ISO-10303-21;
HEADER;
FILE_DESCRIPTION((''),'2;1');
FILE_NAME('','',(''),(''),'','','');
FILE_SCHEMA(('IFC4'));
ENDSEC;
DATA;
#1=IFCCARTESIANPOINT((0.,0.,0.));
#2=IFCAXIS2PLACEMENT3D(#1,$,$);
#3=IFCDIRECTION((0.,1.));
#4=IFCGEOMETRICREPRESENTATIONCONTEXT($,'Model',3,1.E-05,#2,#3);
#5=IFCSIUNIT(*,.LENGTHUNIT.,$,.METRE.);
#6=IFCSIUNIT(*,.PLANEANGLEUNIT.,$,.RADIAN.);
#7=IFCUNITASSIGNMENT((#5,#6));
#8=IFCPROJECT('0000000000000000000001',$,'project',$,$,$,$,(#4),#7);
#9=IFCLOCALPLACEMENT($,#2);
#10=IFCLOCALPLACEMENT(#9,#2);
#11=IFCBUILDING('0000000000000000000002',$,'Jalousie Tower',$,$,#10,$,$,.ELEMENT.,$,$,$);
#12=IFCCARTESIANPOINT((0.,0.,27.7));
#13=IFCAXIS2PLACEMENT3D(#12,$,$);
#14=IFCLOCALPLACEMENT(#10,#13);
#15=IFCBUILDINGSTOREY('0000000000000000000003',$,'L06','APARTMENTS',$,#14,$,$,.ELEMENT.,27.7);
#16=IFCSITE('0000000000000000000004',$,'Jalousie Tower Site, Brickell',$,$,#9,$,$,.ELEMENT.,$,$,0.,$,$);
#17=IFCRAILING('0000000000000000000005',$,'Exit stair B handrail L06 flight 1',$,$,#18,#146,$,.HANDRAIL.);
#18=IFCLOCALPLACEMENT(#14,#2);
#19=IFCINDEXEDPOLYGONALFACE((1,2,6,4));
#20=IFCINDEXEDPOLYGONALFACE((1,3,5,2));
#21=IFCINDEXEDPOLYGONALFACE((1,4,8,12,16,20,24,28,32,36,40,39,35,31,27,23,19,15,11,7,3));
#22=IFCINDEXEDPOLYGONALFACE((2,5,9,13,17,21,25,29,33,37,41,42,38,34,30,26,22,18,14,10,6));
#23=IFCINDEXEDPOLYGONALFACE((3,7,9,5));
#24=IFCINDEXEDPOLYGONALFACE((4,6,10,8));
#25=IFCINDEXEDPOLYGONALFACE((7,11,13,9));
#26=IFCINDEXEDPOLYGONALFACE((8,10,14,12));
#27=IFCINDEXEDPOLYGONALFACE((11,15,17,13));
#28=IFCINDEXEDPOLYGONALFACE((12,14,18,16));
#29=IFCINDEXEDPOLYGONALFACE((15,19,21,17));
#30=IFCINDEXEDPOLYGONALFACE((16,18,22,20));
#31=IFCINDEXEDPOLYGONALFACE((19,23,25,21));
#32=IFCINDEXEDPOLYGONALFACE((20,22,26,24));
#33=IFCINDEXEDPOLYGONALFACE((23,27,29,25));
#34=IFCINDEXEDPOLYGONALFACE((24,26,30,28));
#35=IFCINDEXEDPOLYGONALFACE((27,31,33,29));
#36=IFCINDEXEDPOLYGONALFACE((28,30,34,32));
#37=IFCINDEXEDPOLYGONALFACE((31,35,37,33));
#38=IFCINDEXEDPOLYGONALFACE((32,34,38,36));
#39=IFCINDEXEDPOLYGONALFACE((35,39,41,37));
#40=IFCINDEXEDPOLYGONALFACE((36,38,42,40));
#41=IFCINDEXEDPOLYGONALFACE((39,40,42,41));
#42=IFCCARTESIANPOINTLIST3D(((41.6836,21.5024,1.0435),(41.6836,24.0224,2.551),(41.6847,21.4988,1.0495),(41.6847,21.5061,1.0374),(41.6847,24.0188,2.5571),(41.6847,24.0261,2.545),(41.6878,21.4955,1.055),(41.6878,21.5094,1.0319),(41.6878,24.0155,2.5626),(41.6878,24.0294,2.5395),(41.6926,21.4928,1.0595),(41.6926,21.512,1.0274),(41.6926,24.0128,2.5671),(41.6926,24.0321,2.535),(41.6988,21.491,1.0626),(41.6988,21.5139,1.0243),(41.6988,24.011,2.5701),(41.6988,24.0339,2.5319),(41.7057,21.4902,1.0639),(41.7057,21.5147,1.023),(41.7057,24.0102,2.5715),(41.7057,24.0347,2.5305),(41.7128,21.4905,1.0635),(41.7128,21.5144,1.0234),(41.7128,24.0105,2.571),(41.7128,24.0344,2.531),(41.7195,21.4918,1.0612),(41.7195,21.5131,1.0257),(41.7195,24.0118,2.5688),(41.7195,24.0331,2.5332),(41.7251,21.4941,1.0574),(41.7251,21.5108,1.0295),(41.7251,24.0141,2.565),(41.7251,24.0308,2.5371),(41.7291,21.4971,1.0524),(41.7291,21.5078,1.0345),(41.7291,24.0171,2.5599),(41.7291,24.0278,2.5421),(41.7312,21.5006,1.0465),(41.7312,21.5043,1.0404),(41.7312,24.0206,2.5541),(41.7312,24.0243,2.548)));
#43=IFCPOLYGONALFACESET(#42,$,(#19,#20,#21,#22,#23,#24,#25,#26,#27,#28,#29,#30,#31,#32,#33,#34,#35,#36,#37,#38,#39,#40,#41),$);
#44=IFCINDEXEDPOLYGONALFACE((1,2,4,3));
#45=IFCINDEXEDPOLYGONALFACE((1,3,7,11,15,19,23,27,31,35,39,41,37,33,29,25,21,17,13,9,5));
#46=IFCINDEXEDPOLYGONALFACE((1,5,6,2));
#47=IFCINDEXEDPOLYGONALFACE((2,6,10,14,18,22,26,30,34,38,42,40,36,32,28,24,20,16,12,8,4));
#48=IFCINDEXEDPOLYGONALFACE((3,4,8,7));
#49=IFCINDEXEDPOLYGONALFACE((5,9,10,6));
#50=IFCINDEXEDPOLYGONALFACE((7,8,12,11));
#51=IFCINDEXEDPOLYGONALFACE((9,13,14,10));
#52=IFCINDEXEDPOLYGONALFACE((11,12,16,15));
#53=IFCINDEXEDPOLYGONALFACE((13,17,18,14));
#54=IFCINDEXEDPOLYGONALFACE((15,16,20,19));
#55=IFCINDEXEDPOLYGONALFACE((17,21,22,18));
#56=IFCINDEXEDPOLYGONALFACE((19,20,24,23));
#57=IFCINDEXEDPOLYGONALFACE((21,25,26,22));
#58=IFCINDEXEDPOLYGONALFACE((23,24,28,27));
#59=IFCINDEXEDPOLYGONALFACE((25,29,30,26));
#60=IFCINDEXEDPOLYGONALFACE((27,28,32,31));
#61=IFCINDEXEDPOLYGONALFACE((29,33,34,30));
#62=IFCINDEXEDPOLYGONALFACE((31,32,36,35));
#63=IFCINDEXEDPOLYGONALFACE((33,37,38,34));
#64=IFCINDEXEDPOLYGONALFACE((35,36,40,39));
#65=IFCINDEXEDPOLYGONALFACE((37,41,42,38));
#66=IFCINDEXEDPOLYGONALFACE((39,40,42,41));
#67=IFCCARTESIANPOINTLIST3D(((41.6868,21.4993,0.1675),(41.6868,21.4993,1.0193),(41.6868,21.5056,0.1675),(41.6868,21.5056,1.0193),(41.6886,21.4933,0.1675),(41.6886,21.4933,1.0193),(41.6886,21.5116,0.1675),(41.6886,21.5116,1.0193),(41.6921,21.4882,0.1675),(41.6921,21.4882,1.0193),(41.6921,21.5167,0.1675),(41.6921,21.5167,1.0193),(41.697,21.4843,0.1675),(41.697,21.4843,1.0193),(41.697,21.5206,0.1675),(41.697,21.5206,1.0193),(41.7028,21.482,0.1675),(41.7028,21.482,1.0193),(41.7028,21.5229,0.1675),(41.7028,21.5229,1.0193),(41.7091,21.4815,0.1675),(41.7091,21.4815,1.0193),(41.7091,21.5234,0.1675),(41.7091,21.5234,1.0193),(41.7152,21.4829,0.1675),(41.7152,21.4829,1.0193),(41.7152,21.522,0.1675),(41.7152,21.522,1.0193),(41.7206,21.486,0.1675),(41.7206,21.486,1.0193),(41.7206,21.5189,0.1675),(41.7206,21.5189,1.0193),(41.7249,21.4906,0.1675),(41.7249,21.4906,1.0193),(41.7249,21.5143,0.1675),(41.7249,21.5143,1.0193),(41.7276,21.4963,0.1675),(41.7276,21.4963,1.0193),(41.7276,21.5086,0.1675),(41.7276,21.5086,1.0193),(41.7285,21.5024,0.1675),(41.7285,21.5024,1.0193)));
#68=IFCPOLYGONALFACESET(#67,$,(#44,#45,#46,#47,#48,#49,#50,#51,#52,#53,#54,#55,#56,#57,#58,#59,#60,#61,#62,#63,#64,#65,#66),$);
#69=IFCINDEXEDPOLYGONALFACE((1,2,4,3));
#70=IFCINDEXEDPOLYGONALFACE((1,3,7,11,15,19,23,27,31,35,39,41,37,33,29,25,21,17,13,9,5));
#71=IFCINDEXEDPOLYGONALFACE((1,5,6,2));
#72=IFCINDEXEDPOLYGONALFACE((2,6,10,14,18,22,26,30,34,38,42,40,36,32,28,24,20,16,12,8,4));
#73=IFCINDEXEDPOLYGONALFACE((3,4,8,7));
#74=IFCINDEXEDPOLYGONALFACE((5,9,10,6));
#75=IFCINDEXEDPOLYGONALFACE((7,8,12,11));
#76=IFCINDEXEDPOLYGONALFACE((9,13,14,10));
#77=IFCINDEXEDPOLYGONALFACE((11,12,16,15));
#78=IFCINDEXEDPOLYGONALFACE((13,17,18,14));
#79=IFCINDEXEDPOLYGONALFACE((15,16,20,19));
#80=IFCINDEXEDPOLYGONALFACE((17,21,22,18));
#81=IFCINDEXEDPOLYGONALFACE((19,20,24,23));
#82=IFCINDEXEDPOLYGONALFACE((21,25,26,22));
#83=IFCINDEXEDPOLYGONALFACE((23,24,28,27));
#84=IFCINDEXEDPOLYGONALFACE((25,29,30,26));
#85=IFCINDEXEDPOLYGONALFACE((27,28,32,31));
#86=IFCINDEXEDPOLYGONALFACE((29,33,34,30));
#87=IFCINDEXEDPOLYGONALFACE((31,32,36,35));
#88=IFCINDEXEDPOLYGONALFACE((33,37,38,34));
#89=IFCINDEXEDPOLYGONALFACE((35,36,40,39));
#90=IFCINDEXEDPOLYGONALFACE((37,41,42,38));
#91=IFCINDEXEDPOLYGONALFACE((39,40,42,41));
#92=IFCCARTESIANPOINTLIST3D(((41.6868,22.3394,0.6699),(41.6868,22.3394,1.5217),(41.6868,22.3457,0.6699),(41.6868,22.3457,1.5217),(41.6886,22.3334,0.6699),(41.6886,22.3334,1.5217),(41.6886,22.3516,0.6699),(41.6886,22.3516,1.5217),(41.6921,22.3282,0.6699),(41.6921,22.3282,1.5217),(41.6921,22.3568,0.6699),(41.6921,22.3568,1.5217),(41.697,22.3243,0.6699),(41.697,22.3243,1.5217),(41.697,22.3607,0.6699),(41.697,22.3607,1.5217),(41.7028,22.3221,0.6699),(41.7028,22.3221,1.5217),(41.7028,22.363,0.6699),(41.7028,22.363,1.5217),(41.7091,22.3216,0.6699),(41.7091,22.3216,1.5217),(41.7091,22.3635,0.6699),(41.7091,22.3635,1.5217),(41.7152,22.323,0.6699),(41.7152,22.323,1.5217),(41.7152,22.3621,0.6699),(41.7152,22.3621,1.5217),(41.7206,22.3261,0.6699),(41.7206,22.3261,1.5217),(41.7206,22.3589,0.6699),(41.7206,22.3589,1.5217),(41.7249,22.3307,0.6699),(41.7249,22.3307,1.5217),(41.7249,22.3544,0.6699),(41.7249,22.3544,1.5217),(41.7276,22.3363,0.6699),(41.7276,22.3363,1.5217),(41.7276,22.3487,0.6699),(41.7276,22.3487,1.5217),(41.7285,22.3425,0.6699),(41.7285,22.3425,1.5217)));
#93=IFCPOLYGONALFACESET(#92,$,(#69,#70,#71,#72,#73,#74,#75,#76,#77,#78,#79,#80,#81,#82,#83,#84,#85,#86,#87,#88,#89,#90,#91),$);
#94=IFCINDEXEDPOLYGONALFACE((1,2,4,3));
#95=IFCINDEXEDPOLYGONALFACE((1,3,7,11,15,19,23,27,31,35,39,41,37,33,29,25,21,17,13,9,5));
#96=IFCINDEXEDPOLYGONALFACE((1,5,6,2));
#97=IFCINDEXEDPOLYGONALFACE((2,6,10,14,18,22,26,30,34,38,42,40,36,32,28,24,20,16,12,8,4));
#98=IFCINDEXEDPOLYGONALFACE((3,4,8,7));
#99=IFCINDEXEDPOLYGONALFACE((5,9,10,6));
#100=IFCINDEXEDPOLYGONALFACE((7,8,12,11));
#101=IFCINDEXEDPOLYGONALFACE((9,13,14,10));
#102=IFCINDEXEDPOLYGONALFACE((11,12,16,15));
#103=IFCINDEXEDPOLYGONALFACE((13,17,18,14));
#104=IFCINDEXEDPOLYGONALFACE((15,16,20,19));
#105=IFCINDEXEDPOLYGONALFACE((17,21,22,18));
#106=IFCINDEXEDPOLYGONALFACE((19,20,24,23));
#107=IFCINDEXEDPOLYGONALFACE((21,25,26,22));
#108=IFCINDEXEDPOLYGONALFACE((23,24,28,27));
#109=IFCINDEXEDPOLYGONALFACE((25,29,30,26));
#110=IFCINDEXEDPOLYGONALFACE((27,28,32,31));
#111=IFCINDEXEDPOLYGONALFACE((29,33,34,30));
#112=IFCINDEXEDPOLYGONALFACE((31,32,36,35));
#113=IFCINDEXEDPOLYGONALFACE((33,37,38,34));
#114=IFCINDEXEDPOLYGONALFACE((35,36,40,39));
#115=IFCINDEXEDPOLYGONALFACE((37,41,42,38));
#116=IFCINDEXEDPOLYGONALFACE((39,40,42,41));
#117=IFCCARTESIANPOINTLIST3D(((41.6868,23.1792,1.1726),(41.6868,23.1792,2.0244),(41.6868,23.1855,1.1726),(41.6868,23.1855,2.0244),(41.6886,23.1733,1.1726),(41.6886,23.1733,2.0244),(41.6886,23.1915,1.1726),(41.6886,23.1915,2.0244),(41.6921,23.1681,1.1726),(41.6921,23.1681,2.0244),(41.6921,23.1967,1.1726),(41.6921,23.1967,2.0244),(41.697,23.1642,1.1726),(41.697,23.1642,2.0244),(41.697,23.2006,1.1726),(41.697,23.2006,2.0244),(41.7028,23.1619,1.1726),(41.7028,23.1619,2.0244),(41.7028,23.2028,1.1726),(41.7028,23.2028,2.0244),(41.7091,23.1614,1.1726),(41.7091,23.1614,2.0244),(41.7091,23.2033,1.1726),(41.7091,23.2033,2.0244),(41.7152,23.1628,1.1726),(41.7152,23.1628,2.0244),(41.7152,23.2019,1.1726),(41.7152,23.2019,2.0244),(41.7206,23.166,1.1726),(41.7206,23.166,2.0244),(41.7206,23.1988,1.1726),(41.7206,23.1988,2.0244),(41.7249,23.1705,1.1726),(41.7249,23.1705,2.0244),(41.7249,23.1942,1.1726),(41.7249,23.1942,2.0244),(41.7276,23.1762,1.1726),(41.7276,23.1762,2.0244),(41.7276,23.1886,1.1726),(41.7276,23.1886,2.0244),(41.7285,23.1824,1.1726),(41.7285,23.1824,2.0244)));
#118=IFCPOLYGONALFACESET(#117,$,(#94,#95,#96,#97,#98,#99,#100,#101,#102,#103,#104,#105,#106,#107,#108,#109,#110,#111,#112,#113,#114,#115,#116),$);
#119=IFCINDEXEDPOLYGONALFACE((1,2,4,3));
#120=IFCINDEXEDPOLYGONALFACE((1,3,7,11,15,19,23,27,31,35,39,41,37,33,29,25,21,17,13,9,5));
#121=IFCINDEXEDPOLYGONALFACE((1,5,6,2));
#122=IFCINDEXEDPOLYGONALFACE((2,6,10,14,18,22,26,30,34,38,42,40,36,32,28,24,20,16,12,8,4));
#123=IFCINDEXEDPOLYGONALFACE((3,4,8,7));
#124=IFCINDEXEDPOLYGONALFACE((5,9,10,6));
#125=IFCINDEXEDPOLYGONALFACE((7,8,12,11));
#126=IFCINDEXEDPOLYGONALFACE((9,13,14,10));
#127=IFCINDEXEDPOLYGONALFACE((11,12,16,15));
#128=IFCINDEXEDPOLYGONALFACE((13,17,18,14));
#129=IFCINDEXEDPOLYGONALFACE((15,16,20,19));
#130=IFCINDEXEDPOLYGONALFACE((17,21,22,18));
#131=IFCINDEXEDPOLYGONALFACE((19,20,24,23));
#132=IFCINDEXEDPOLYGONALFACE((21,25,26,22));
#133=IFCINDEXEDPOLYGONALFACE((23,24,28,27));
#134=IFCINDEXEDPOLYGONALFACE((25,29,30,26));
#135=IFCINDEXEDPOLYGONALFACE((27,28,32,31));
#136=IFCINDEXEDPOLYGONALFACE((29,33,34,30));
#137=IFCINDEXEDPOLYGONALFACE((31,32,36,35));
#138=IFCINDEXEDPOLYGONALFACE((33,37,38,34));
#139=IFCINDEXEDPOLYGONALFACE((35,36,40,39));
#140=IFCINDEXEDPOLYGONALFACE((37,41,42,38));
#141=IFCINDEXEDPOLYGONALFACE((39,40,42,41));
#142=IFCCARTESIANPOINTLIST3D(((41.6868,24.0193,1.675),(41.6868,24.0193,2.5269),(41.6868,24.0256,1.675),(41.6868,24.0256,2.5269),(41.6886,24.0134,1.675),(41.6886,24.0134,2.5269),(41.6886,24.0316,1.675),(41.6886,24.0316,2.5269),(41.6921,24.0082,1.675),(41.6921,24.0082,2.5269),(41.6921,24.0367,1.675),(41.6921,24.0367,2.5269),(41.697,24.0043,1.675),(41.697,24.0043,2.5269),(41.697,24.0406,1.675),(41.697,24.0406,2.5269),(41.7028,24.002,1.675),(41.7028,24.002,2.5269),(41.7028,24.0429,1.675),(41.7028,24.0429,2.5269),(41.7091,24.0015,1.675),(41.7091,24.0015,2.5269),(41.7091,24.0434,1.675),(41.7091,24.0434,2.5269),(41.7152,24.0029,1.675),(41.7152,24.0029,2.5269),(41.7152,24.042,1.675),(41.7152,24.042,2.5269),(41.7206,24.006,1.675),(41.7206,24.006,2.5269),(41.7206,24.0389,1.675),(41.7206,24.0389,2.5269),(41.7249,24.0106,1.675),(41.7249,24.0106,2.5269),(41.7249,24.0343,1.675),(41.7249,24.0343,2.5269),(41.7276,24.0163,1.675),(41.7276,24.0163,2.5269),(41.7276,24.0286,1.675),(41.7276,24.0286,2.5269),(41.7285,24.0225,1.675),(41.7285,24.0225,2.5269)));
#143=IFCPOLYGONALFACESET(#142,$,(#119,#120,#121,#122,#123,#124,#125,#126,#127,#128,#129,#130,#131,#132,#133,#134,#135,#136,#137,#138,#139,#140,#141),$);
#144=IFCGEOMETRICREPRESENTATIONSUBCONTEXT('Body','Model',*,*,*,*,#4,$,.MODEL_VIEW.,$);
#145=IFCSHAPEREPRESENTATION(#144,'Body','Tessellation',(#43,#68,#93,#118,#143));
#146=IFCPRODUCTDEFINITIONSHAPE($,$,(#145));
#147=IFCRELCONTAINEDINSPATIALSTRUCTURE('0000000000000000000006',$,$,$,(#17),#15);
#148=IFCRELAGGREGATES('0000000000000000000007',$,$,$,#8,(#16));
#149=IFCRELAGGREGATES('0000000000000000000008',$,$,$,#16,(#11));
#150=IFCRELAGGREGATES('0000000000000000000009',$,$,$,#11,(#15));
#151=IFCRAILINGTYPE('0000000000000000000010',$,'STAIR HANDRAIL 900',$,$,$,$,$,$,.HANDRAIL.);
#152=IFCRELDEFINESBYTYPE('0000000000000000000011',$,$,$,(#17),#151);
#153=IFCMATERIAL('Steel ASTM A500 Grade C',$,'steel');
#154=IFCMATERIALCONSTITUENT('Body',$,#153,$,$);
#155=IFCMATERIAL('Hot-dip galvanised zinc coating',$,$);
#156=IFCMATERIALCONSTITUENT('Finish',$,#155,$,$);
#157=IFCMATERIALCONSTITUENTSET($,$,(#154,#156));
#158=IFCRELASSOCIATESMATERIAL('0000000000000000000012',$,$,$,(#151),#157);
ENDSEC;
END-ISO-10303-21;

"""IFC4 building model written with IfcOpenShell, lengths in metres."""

from ifc_helpers import new_model, si_unit, direction, frame, origin, origin_2d, place, context, subcontext, project, spatial, circle, extrude, material, constituent, constituent_set, type_object, element, save


model = new_model("IFC4")

# Units and contexts
model_context = context("Model", 3, precision=1e-05, world=origin(), true_north=direction((0.0, 1.0)))
body_context = subcontext(model_context, "Body", "Model", "MODEL_VIEW")
ifc_project = project(units=[si_unit("LENGTHUNIT", "METRE"), si_unit("PLANEANGLEUNIT", "RADIAN")], contexts=[model_context])

# Site, building, storey
site_placement = place(None, origin())
site = spatial("IfcSite", under=ifc_project, at=site_placement, Name="Jalousie Tower Site, Brickell", CompositionType="ELEMENT", RefElevation=0.0)
building_placement = place(site_placement, origin())
building = spatial("IfcBuilding", under=site, at=building_placement, Name="Jalousie Tower", CompositionType="ELEMENT")
storey_placement = place(building_placement, frame((0.0, 0.0, 27.7)))
storey = spatial("IfcBuildingStorey", under=building, at=storey_placement, Name="L06", Description="APARTMENTS", CompositionType="ELEMENT", Elevation=27.7)

# Railing
ifc_material_1 = material(Name="Steel ASTM A500 Grade C", Category="steel")
ifc_constituent_1 = constituent(ifc_material_1, Name="Body")
ifc_material_2 = material(Name="Hot-dip galvanised zinc coating")
ifc_constituent_2 = constituent(ifc_material_2, Name="Finish")
ifc_constituent_set_1 = constituent_set(constituents=[ifc_constituent_1, ifc_constituent_2])
railing_type_1 = type_object("IfcRailingType", Name="STAIR HANDRAIL 900", PredefinedType="HANDRAIL", material=ifc_constituent_set_1)
railing_1_placement = place(storey_placement, frame((41.7075, 21.5024, 0.1675)))
element("IfcRailing", 1, at=railing_1_placement, inside=storey, type_object=railing_type_1, Name="Exit stair B handrail L06 flight 1", PredefinedType="HANDRAIL", context=body_context, shape_type="SweptSolid", body=[
    extrude(circle(Radius=0.0239, at=origin_2d()), frame((0.0, 0.0, 0.876), z_axis=(0.0, 0.85816, 0.513383), x_axis=(-1.0, 0.0, 0.0)), (0.0, 0.0, 1.0), 2.9365),
    extrude(circle(Radius=0.021, at=origin_2d()), origin(), (0.0, 0.0, 1.0), 0.8518),
    extrude(circle(Radius=0.021, at=origin_2d()), frame((0.0, 0.8401, 0.5024)), (0.0, 0.0, 1.0), 0.8518),
    extrude(circle(Radius=0.021, at=origin_2d()), frame((0.0, 1.6799, 1.0051)), (0.0, 0.0, 1.0), 0.8518),
    extrude(circle(Radius=0.021, at=origin_2d()), frame((0.0, 2.52, 1.5076)), (0.0, 0.0, 1.0), 0.8518),
])

save(model, "model.ifc")
